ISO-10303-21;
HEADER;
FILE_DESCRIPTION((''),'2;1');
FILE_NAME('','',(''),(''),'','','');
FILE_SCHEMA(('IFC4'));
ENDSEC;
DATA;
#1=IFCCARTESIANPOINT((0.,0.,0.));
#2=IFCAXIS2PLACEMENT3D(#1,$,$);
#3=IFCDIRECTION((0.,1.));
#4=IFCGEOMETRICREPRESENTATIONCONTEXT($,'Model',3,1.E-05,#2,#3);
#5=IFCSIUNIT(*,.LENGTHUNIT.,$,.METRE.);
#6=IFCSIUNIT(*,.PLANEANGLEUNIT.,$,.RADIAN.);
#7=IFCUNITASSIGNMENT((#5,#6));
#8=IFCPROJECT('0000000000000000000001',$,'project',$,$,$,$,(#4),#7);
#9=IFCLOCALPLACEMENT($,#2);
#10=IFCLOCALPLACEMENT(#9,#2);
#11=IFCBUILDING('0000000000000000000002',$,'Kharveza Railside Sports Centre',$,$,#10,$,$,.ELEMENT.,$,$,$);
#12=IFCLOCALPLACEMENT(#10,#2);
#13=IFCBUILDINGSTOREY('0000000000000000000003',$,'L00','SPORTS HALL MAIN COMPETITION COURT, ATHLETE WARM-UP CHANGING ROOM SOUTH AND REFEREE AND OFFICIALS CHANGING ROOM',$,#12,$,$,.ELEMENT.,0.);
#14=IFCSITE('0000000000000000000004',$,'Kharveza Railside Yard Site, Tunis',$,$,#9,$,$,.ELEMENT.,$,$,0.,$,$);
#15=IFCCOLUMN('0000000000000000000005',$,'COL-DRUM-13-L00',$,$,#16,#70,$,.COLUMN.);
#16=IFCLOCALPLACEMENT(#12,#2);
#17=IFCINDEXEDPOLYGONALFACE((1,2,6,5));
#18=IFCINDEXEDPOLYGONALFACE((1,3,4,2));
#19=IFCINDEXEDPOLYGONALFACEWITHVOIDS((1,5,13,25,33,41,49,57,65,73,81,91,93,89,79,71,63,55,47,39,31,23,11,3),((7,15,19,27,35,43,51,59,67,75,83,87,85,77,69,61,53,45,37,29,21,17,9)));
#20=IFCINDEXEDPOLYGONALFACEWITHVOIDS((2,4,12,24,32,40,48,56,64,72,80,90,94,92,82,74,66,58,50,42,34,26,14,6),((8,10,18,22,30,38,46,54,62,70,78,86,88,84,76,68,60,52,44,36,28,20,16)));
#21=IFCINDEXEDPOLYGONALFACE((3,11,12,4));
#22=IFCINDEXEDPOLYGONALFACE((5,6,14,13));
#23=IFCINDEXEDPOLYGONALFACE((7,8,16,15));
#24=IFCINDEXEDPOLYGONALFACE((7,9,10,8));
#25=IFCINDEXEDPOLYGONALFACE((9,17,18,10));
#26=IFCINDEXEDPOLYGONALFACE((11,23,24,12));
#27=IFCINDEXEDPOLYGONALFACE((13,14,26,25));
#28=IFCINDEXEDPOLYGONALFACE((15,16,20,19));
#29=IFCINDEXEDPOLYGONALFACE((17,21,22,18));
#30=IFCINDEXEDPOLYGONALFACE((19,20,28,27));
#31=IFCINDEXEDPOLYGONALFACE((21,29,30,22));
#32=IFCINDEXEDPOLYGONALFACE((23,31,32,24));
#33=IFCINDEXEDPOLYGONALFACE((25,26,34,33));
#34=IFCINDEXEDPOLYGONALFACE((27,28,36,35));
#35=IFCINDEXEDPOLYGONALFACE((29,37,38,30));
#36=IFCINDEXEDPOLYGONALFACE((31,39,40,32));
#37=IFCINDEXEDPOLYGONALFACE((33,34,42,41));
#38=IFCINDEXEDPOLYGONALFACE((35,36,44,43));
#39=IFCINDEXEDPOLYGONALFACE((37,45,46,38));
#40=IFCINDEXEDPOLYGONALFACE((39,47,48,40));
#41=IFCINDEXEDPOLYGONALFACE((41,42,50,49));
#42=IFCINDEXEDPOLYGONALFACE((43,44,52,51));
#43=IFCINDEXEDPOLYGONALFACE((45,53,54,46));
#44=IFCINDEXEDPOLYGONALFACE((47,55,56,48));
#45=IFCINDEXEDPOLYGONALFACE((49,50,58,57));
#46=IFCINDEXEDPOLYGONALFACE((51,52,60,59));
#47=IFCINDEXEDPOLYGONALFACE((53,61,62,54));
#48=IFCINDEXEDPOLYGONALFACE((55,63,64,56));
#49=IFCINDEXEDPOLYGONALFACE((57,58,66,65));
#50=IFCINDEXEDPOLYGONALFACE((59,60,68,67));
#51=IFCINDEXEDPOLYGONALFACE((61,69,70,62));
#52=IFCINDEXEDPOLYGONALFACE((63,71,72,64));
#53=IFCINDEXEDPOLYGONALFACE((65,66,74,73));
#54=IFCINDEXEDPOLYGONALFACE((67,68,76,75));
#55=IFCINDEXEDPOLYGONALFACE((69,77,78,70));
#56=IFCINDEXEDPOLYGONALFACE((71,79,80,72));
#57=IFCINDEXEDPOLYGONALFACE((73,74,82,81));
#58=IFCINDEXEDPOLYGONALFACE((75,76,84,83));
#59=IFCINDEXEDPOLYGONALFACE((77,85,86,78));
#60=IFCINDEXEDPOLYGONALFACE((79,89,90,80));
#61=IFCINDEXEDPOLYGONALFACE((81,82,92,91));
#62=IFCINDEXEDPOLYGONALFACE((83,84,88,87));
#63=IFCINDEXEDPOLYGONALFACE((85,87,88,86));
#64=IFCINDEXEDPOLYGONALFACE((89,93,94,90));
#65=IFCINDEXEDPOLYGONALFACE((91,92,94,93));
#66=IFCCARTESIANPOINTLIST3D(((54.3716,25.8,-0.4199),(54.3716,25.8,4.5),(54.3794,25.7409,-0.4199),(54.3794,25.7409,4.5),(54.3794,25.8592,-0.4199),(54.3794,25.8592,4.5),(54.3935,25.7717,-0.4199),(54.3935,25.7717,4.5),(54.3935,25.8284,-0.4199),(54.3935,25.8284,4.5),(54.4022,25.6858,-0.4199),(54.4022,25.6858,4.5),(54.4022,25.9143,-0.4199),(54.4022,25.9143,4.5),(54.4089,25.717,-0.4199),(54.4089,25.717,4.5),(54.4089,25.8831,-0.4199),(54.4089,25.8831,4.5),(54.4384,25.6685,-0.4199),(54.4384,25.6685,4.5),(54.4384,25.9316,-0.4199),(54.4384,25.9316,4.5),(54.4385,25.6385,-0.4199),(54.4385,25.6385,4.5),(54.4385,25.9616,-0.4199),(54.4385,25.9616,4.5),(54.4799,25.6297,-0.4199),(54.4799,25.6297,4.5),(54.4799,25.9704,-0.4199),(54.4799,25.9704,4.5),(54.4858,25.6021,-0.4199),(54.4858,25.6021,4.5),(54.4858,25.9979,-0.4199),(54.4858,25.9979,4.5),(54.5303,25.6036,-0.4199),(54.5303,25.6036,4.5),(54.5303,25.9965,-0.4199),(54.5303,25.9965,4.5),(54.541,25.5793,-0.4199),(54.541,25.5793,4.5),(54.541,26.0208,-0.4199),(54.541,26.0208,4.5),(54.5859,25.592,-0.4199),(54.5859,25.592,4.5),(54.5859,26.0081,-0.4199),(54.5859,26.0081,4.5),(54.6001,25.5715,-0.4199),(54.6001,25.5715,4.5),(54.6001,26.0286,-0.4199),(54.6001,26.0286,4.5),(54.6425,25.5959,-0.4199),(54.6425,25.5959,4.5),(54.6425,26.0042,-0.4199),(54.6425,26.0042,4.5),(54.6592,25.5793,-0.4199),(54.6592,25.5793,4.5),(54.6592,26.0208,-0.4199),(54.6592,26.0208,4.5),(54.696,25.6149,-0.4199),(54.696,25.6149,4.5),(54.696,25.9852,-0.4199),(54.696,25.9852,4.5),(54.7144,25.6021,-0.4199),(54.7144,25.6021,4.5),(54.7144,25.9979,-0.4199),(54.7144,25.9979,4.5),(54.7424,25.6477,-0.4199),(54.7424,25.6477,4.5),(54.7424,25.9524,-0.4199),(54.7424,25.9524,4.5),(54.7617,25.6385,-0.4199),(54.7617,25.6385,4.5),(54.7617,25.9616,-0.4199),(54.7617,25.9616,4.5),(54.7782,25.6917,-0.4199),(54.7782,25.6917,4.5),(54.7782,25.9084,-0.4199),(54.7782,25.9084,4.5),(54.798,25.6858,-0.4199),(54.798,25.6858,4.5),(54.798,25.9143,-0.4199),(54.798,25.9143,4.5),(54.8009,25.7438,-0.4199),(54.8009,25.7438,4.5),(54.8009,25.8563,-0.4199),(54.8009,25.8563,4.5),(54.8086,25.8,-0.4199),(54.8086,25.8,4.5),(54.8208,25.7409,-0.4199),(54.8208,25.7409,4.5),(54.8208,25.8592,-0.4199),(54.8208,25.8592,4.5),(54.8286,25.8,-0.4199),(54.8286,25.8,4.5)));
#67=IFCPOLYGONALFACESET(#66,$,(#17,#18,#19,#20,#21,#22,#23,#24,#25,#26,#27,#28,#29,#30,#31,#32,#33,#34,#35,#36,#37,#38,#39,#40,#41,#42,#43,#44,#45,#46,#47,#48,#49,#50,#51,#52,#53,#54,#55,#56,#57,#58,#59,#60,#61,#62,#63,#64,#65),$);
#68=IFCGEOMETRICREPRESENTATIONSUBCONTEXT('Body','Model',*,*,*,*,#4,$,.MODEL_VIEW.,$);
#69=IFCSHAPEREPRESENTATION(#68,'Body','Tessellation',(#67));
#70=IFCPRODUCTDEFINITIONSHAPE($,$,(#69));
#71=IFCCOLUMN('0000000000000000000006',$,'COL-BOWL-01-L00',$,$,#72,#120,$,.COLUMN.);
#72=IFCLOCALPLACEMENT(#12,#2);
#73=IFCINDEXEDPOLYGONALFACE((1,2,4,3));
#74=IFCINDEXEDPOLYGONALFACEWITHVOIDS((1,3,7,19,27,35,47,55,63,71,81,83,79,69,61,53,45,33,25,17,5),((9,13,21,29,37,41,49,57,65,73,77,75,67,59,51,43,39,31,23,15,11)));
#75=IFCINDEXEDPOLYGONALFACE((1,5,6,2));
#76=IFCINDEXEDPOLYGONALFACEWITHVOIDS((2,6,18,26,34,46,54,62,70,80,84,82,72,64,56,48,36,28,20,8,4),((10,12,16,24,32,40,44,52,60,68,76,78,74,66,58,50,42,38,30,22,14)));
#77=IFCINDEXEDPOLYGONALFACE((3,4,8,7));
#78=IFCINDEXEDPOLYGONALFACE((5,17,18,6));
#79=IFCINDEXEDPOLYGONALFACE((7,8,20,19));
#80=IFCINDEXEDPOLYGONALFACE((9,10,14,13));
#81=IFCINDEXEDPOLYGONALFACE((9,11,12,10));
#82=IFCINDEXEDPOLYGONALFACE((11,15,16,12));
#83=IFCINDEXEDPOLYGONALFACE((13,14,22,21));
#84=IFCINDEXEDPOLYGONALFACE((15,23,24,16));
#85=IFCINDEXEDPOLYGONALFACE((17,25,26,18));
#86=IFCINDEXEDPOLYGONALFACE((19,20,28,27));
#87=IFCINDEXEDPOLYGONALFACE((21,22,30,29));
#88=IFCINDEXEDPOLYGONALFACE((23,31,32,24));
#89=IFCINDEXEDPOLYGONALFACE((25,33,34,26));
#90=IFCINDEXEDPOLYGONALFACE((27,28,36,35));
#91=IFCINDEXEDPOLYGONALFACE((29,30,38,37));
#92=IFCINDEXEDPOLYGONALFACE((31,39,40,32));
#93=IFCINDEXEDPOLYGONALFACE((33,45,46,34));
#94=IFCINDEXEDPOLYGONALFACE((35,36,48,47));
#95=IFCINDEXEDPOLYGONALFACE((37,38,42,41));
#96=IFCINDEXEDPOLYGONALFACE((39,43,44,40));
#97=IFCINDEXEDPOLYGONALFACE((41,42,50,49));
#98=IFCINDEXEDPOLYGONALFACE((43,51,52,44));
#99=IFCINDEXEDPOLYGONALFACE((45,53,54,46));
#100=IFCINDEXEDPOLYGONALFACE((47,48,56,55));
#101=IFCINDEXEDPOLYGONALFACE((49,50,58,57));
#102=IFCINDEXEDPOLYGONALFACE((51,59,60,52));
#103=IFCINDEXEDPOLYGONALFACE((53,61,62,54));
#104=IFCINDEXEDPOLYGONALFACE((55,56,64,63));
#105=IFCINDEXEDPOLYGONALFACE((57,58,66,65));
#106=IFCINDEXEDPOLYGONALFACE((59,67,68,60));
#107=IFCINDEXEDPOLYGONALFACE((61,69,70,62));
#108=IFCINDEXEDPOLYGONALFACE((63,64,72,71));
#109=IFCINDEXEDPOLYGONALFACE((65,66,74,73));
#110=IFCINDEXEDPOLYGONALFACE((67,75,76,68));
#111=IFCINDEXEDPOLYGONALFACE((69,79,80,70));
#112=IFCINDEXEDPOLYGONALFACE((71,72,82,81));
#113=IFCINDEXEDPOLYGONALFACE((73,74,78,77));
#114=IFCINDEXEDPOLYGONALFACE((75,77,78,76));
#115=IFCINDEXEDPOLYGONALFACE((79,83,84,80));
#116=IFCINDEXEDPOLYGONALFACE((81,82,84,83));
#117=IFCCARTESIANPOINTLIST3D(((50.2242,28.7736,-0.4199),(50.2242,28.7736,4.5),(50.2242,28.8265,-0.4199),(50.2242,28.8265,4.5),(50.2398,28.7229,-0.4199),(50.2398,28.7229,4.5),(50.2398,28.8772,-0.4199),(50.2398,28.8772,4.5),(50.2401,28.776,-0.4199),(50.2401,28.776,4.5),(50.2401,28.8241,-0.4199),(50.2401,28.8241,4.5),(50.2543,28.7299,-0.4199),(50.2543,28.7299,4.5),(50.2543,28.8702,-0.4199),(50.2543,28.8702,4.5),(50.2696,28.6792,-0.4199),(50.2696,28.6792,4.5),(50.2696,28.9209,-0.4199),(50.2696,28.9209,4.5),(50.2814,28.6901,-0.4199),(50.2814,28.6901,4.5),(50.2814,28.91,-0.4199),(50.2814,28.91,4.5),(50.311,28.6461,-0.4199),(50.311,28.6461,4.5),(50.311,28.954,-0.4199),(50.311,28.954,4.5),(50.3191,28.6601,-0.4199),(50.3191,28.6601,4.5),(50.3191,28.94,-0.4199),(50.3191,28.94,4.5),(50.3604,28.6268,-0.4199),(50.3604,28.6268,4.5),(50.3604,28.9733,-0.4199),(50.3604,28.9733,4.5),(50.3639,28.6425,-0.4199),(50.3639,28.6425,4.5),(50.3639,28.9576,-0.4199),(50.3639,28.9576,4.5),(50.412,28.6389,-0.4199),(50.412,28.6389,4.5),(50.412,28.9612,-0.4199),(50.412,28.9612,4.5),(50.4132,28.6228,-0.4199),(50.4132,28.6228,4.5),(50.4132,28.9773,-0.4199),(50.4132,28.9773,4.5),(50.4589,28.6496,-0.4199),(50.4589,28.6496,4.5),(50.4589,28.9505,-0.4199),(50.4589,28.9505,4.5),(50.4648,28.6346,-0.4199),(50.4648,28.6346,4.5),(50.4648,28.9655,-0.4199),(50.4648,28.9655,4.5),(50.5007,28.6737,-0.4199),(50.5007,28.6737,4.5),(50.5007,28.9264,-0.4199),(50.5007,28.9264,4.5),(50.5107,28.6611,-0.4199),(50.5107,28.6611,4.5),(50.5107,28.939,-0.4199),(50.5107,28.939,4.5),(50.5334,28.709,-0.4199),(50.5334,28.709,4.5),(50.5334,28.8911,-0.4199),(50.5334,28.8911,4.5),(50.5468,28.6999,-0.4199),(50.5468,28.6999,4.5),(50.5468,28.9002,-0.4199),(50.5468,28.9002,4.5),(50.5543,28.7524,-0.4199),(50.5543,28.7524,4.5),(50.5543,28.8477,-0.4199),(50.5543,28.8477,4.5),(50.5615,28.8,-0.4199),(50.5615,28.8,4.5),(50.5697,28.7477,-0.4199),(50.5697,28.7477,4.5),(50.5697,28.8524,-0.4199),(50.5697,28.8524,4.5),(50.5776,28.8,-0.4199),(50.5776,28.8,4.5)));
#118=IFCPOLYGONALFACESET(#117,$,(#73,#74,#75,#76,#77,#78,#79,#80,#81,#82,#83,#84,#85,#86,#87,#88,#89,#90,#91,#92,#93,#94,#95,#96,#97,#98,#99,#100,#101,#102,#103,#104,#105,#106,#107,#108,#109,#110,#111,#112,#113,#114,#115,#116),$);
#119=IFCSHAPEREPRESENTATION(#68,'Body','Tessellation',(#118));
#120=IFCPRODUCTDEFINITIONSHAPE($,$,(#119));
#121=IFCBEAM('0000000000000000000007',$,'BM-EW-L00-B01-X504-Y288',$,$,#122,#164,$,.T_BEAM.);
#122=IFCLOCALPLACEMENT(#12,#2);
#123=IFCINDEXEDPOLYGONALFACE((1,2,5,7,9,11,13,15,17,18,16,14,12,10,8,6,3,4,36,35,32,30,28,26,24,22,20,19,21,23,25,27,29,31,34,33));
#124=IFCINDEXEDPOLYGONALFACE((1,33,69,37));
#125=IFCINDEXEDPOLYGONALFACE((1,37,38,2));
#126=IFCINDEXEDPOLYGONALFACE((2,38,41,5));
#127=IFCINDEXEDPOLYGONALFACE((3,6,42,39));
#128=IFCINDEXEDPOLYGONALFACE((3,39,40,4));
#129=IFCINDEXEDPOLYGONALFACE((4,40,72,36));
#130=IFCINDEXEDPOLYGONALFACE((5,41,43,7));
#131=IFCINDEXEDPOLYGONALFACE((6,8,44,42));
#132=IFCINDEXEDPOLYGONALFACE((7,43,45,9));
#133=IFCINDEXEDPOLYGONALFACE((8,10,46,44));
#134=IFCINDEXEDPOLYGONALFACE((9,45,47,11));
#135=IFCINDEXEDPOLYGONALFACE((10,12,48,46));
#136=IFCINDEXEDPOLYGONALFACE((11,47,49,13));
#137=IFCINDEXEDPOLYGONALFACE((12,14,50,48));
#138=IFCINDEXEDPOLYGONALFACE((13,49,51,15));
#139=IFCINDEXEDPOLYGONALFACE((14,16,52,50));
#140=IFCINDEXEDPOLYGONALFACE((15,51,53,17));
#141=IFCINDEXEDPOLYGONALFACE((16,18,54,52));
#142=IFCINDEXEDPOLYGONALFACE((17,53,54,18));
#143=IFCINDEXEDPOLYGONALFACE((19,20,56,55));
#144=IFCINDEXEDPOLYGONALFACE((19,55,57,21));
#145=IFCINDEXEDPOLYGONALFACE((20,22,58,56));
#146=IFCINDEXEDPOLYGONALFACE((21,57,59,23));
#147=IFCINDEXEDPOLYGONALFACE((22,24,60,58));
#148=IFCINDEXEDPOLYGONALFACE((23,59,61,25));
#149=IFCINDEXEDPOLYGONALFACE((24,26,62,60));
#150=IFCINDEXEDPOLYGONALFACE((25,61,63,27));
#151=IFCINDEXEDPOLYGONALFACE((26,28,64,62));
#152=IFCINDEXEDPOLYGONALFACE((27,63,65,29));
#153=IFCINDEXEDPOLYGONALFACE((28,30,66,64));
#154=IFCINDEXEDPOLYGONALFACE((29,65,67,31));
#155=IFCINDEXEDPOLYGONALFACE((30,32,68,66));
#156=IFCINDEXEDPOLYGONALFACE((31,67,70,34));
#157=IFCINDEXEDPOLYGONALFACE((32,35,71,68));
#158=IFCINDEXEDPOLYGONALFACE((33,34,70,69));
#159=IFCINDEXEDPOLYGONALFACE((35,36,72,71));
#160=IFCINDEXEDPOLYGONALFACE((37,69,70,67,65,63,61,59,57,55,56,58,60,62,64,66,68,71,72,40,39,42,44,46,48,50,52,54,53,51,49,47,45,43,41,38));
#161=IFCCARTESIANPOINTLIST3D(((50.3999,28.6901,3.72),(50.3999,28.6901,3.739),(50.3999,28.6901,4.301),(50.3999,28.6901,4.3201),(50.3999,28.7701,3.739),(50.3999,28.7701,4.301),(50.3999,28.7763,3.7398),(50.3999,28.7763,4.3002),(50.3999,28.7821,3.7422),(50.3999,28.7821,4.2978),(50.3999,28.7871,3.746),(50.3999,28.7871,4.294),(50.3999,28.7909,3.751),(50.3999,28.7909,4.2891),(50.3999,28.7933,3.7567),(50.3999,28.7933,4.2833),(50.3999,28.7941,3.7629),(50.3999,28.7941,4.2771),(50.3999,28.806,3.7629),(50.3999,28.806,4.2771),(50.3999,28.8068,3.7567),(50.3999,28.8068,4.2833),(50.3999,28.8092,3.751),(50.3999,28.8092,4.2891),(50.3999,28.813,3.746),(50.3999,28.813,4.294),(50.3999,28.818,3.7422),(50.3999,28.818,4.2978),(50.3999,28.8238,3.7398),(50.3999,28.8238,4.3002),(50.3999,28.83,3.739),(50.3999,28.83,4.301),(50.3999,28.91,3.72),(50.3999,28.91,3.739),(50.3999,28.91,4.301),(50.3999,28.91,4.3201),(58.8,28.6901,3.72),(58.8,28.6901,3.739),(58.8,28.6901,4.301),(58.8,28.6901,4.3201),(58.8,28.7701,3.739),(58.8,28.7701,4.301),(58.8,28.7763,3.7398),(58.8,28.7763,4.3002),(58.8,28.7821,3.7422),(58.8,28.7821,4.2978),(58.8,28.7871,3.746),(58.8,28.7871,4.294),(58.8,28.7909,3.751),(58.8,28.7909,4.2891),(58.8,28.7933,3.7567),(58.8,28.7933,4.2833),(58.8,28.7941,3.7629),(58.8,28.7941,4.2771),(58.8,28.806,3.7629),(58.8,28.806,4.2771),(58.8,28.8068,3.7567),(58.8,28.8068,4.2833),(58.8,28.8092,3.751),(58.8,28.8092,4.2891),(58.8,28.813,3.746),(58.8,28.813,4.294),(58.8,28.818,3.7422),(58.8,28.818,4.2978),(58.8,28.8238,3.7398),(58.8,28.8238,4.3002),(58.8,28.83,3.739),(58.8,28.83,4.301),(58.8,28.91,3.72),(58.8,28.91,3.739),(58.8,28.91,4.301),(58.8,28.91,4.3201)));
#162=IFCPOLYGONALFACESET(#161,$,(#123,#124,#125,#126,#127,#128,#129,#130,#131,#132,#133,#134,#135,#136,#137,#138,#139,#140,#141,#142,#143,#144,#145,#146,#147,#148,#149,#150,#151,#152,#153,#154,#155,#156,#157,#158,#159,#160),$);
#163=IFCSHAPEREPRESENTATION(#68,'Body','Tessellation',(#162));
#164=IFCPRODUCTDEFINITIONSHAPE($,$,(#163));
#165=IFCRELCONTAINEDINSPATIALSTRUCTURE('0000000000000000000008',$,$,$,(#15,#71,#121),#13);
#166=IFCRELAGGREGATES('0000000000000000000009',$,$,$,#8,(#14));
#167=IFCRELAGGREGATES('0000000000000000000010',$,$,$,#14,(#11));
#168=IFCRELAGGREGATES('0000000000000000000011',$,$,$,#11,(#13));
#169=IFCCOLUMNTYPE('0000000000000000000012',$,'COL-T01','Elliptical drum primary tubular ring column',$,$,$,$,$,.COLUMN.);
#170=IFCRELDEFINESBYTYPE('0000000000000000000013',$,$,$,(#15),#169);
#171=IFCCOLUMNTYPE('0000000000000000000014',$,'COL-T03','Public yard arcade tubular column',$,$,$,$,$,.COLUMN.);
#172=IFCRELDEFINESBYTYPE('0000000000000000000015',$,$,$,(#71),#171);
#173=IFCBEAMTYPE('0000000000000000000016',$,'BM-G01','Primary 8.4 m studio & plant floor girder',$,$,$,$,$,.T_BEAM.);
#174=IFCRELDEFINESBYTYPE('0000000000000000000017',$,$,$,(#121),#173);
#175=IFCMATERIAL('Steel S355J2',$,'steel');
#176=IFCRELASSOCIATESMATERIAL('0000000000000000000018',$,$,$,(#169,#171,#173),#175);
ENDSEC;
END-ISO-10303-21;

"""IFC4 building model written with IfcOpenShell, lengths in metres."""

from ifc_helpers import new_model, si_unit, direction, frame, origin, origin_2d, place, context, subcontext, project, spatial, hollow_circle, i_section, extrude, material, material_profile, profile_set, type_object, element, save


model = new_model("IFC4")

# Units and contexts
model_context = context("Model", 3, precision=1e-05, world=origin(), true_north=direction((0.0, 1.0)))
body_context = subcontext(model_context, "Body", "Model", "MODEL_VIEW")
ifc_project = project(units=[si_unit("LENGTHUNIT", "METRE"), si_unit("PLANEANGLEUNIT", "RADIAN")], contexts=[model_context])

# Site, building, storey
site_placement = place(None, origin())
site = spatial("IfcSite", under=ifc_project, at=site_placement, Name="Kharveza Railside Yard Site, Tunis", CompositionType="ELEMENT", RefElevation=0.0)
building_placement = place(site_placement, origin())
building = spatial("IfcBuilding", under=site, at=building_placement, Name="Kharveza Railside Sports Centre", CompositionType="ELEMENT")
storey_placement = place(building_placement, origin())
storey = spatial("IfcBuildingStorey", under=building, at=storey_placement, Name="L00", Description="SPORTS HALL MAIN COMPETITION COURT, ATHLETE WARM-UP CHANGING ROOM SOUTH AND REFEREE AND OFFICIALS CHANGING ROOM", CompositionType="ELEMENT", Elevation=0.0)

# Columns
ifc_material_1 = material(Name="Steel S355J2", Category="steel")
ifc_material_profile_1 = material_profile(ifc_material_1, hollow_circle(Radius=0.2285, WallThickness=0.02, at=origin_2d()), Name="CHS 457.0x20.0")
ifc_profile_set_1 = profile_set([ifc_material_profile_1], Name="Steel S355J2")
column_type_1 = type_object("IfcColumnType", Name="COL-T01", Description="Elliptical drum primary tubular ring column", PredefinedType="COLUMN", material=ifc_profile_set_1)
column_1_placement = place(storey_placement, frame((54.6001, 25.8, -0.4199), z_axis=(0.0, 0.0, 1.0), x_axis=(1.0, 0.0, 0.0)))
element("IfcColumn", 1, at=column_1_placement, inside=storey, type_object=column_type_1, Name="COL-DRUM-13-L00", PredefinedType="COLUMN", context=body_context, shape_type="SweptSolid", body=[
    extrude(hollow_circle(Radius=0.2285, WallThickness=0.02, at=origin_2d()), origin(), (0.0, 0.0, 1.0), 4.9199),
])
ifc_material_profile_2 = material_profile(ifc_material_1, hollow_circle(Radius=0.1777, WallThickness=0.0161, at=origin_2d()), Name="CHS 355.6x16.0")
ifc_profile_set_2 = profile_set([ifc_material_profile_2], Name="Steel S355J2")
column_type_2 = type_object("IfcColumnType", Name="COL-T03", Description="Public yard arcade tubular column", PredefinedType="COLUMN", material=ifc_profile_set_2)
column_2_placement = place(storey_placement, frame((50.3999, 28.8, -0.4199), z_axis=(0.0, 0.0, 1.0), x_axis=(1.0, 0.0, 0.0)))
element("IfcColumn", 2, at=column_2_placement, inside=storey, type_object=column_type_2, Name="COL-BOWL-01-L00", PredefinedType="COLUMN", context=body_context, shape_type="SweptSolid", body=[
    extrude(hollow_circle(Radius=0.1777, WallThickness=0.0161, at=origin_2d()), origin(), (0.0, 0.0, 1.0), 4.9199),
])

# Beam
ifc_material_profile_3 = material_profile(ifc_material_1, i_section(OverallWidth=0.22, OverallDepth=0.6001, WebThickness=0.012, FlangeThickness=0.019, FilletRadius=0.0239, at=origin_2d()), Name="IPE 600")
ifc_profile_set_3 = profile_set([ifc_material_profile_3], Name="Steel S355J2")
beam_type_1 = type_object("IfcBeamType", Name="BM-G01", Description="Primary 8.4 m studio & plant floor girder", PredefinedType="T_BEAM", material=ifc_profile_set_3)
beam_1_placement = place(storey_placement, frame((50.3999, 28.8, 4.02), z_axis=(1.0, 0.0, 0.0), x_axis=(0.0, 1.0, 0.0)))
element("IfcBeam", 3, at=beam_1_placement, inside=storey, type_object=beam_type_1, Name="BM-EW-L00-B01-X504-Y288", PredefinedType="T_BEAM", context=body_context, shape_type="SweptSolid", body=[
    extrude(i_section(OverallWidth=0.22, OverallDepth=0.6001, WebThickness=0.012, FlangeThickness=0.019, FilletRadius=0.0239, at=origin_2d()), origin(), (0.0, 0.0, 1.0), 8.4001),
])

save(model, "model.ifc")
